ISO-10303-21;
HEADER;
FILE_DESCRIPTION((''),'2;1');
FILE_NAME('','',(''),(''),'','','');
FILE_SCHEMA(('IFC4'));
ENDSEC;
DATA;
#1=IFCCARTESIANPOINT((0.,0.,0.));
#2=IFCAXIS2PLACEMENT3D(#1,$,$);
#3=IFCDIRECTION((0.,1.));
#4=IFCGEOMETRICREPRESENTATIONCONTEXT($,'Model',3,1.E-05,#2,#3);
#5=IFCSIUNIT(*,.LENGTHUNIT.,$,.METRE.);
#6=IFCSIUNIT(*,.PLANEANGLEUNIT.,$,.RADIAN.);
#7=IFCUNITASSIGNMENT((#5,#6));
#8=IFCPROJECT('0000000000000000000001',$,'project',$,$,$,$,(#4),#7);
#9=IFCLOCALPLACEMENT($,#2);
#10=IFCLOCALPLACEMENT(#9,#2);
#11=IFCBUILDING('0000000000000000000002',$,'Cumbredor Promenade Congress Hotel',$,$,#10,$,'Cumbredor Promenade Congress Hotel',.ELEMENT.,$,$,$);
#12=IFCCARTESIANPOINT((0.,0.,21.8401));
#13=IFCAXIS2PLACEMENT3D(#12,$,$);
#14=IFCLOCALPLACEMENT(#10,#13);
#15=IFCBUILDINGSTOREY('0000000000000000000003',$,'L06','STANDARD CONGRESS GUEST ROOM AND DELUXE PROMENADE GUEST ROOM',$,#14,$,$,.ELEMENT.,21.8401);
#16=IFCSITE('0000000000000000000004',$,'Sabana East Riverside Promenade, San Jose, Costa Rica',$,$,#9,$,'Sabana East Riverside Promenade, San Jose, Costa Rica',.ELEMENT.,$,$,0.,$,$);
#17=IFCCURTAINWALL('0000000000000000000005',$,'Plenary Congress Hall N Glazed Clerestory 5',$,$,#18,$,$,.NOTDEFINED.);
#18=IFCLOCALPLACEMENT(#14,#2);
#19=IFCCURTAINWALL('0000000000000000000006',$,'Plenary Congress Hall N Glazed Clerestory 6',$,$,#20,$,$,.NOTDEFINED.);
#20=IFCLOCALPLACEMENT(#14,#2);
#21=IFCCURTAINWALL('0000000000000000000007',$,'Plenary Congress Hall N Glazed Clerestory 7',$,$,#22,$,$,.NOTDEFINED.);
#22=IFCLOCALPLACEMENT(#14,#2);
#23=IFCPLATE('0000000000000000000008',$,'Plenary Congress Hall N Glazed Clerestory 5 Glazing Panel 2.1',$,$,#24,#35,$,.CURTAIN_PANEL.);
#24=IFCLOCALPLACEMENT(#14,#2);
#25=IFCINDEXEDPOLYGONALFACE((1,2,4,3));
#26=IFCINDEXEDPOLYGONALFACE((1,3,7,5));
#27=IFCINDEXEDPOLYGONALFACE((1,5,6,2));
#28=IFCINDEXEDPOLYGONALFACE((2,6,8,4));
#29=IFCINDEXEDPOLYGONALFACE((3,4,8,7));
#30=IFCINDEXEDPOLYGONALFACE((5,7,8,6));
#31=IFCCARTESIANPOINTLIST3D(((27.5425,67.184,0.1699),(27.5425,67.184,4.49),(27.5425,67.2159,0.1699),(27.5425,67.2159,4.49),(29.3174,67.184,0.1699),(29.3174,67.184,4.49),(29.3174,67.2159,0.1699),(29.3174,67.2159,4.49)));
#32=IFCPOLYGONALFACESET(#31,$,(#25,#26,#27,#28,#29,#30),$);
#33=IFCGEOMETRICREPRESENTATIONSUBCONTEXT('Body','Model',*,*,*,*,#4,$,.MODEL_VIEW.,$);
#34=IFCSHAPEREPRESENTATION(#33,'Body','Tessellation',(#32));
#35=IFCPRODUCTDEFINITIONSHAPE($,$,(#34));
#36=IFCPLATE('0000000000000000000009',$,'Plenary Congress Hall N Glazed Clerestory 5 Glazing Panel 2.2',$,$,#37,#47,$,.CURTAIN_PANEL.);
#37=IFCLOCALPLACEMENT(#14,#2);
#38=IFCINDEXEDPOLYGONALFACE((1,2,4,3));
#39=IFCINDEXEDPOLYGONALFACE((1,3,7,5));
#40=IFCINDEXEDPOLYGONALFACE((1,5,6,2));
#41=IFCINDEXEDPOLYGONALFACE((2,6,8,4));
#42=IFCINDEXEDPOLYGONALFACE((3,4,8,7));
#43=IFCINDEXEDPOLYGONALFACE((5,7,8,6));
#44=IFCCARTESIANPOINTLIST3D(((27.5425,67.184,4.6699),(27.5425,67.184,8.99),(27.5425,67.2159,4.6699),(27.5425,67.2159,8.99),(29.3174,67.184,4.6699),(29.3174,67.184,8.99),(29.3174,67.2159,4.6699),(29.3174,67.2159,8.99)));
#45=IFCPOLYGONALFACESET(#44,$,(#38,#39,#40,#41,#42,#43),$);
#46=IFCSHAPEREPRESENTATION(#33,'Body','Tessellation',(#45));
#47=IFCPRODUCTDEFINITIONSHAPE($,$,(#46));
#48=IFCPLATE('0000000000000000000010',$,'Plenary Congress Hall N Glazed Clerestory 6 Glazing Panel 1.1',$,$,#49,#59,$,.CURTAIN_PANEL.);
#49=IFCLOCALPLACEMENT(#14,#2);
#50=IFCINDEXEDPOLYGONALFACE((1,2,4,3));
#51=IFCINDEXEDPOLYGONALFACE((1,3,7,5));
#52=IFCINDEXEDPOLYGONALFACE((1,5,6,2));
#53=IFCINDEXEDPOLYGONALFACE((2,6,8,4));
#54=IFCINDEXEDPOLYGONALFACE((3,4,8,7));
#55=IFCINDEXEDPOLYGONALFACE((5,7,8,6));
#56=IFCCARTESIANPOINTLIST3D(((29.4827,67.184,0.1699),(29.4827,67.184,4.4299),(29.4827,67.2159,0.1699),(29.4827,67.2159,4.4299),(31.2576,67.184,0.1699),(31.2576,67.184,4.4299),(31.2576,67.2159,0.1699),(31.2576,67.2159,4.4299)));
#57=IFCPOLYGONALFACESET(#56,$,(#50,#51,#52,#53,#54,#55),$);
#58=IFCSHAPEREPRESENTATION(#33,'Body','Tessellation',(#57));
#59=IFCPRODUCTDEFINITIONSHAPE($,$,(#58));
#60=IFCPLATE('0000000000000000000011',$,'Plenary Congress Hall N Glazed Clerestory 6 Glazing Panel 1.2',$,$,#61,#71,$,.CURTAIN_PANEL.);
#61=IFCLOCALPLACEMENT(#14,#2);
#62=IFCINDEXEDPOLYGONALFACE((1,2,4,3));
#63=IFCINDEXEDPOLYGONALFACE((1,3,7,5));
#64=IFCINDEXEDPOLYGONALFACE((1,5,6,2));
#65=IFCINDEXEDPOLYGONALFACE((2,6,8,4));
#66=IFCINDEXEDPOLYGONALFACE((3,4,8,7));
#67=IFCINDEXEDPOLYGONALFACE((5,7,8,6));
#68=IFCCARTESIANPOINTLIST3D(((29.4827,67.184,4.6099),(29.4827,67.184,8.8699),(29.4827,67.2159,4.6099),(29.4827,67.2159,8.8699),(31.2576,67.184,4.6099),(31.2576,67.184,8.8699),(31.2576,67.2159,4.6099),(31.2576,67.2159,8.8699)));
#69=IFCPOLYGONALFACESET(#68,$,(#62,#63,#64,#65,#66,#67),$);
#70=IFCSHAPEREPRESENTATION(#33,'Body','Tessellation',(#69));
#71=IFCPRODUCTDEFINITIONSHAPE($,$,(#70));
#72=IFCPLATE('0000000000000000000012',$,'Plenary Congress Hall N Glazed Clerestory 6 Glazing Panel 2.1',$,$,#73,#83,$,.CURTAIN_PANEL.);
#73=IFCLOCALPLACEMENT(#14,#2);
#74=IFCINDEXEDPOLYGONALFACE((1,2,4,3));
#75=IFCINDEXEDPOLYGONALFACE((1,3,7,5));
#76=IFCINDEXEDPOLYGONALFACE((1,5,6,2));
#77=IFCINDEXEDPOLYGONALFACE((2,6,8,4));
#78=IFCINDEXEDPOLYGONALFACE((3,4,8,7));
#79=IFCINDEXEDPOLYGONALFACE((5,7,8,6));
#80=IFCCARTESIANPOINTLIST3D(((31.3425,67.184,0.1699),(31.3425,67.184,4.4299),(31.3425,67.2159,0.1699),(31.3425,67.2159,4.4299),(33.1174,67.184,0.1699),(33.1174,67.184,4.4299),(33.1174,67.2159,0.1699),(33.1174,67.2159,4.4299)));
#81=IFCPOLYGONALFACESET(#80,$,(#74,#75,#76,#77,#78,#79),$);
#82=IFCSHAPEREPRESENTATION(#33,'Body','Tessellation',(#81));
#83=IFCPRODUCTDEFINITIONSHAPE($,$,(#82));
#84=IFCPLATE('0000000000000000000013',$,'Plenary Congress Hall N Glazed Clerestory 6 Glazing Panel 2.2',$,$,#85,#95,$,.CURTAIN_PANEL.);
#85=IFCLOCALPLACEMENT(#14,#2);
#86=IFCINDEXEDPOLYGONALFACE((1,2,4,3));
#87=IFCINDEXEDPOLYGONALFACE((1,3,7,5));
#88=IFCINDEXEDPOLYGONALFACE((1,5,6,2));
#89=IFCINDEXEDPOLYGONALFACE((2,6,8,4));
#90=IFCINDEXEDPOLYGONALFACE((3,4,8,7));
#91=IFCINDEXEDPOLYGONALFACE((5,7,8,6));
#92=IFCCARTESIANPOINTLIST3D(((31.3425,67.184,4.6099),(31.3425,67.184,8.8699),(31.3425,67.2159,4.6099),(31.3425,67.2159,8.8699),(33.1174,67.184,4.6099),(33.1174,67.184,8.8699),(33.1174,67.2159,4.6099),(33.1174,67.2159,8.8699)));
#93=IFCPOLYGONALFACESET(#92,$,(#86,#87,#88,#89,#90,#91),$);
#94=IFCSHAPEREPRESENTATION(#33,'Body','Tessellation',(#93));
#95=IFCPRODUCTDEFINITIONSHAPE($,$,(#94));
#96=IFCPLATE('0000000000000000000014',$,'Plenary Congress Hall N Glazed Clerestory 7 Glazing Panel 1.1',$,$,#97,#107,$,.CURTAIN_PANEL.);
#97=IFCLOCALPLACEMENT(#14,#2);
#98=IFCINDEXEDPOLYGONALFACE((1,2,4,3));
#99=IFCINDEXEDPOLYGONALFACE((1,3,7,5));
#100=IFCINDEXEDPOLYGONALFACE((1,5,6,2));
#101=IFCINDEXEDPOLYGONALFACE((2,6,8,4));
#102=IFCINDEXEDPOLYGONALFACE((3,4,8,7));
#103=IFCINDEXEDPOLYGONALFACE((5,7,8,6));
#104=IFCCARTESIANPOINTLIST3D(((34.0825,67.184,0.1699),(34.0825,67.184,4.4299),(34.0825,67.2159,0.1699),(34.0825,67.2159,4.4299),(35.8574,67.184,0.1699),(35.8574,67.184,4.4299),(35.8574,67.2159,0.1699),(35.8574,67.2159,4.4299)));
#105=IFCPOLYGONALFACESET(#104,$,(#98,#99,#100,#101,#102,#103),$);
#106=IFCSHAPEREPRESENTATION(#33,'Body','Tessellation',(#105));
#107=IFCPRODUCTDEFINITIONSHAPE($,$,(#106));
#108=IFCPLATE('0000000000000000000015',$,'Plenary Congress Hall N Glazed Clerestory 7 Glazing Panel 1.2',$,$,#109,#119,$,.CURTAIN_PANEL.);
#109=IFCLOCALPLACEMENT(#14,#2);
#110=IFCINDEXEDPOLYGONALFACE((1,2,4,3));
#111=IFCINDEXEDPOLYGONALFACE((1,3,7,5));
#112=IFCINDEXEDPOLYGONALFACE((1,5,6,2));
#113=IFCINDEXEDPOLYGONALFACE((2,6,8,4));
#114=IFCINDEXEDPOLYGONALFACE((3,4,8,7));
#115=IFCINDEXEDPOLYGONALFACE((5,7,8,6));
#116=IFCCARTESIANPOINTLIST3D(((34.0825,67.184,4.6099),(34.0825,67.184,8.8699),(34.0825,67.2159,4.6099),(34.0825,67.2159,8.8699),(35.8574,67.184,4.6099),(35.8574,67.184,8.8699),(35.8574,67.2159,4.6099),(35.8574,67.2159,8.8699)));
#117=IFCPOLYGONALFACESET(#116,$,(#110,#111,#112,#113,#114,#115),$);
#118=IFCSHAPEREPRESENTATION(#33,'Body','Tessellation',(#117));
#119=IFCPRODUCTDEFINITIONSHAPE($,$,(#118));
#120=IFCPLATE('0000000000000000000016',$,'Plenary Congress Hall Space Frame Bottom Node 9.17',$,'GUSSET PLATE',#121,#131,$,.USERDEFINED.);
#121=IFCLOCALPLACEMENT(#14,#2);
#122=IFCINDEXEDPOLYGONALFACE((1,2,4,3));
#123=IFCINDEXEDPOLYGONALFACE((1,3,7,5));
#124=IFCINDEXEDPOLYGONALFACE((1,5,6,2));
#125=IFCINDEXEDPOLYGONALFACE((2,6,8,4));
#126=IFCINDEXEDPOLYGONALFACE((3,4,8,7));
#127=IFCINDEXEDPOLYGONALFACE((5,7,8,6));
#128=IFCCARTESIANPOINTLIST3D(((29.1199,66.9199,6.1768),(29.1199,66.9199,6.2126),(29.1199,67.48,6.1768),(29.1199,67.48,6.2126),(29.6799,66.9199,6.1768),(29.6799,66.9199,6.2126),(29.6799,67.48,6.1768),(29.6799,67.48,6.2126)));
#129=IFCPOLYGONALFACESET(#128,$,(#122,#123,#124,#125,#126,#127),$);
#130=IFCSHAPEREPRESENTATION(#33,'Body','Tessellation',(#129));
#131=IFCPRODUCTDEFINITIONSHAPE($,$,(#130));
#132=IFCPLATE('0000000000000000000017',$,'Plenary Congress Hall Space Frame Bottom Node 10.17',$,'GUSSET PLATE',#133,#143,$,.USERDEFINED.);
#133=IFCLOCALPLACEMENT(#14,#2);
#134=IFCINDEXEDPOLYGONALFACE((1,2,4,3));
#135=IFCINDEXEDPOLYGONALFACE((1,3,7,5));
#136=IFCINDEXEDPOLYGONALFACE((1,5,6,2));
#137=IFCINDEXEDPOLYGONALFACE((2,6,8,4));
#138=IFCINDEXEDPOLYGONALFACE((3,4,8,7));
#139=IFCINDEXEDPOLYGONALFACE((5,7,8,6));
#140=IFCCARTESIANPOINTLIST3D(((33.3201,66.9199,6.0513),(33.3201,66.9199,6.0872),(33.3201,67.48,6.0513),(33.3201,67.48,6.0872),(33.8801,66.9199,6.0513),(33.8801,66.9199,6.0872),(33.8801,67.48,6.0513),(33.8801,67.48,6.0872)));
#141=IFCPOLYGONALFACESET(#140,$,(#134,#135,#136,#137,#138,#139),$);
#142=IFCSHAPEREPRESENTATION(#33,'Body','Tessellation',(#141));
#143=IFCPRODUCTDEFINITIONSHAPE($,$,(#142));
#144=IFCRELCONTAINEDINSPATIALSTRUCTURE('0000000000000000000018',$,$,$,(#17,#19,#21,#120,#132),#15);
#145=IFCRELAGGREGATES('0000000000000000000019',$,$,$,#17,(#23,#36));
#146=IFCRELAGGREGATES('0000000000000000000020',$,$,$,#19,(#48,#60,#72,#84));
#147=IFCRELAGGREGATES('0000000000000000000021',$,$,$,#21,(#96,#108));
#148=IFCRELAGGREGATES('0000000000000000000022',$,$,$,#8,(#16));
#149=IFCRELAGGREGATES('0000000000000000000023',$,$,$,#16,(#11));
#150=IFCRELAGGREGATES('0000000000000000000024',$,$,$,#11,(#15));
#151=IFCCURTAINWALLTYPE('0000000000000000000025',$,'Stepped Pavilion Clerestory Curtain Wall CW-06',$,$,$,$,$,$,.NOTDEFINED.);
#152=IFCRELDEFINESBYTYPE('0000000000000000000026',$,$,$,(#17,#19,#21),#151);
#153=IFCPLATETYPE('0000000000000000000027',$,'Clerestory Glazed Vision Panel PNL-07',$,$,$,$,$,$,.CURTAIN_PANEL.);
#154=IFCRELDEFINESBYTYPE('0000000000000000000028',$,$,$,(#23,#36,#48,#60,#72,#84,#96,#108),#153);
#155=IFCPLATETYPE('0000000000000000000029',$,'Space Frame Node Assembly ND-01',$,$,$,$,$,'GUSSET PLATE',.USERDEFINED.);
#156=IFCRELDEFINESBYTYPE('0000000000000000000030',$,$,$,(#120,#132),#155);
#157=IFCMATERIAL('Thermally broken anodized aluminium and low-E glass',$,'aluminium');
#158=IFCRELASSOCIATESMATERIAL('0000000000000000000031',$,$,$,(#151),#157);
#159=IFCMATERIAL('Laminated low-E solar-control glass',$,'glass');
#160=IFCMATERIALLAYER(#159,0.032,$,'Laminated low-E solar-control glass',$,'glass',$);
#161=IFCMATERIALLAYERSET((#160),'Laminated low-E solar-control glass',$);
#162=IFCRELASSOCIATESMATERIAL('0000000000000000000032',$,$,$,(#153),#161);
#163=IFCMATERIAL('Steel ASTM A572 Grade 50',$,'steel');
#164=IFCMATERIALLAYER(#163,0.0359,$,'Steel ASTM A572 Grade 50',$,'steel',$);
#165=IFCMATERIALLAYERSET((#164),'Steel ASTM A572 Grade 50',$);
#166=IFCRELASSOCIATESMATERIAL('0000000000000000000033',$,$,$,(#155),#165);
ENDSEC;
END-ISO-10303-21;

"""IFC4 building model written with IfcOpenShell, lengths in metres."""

from ifc_helpers import new_model, si_unit, direction, frame, origin, origin_2d, place, context, subcontext, project, spatial, rectangle, extrude, material, layer, layer_set, type_object, element, aggregate, save


model = new_model("IFC4")

# Units and contexts
model_context = context("Model", 3, precision=1e-05, world=origin(), true_north=direction((0.0, 1.0)))
body_context = subcontext(model_context, "Body", "Model", "MODEL_VIEW")
ifc_project = project(units=[si_unit("LENGTHUNIT", "METRE"), si_unit("PLANEANGLEUNIT", "RADIAN")], contexts=[model_context])

# Site, building, storey
site_placement = place(None, origin())
site = spatial("IfcSite", under=ifc_project, at=site_placement, Name="Sabana East Riverside Promenade, San Jose, Costa Rica", LongName="Sabana East Riverside Promenade, San Jose, Costa Rica", CompositionType="ELEMENT", RefElevation=0.0)
building_placement = place(site_placement, origin())
building = spatial("IfcBuilding", under=site, at=building_placement, Name="Cumbredor Promenade Congress Hotel", LongName="Cumbredor Promenade Congress Hotel", CompositionType="ELEMENT")
storey_placement = place(building_placement, frame((0.0, 0.0, 21.8401)))
storey = spatial("IfcBuildingStorey", under=building, at=storey_placement, Name="L06", Description="STANDARD CONGRESS GUEST ROOM AND DELUXE PROMENADE GUEST ROOM", CompositionType="ELEMENT", Elevation=21.8401)

# Curtain walls
ifc_material_1 = material(Name="Thermally broken anodized aluminium and low-E glass", Category="aluminium")
curtain_wall_type = type_object("IfcCurtainWallType", Name="Stepped Pavilion Clerestory Curtain Wall CW-06", PredefinedType="NOTDEFINED", material=ifc_material_1)
curtain_wall_1_placement = place(storey_placement, origin())
curtain_wall_1 = element("IfcCurtainWall", 1, at=curtain_wall_1_placement, inside=storey, type_object=curtain_wall_type, Name="Plenary Congress Hall N Glazed Clerestory 5", PredefinedType="NOTDEFINED")
curtain_wall_2_placement = place(storey_placement, origin())
curtain_wall_2 = element("IfcCurtainWall", 2, at=curtain_wall_2_placement, inside=storey, type_object=curtain_wall_type, Name="Plenary Congress Hall N Glazed Clerestory 6", PredefinedType="NOTDEFINED")

# Curtain wall
curtain_wall_3_placement = place(storey_placement, origin())
curtain_wall_3 = element("IfcCurtainWall", 3, at=curtain_wall_3_placement, inside=storey, type_object=curtain_wall_type, Name="Plenary Congress Hall N Glazed Clerestory 7", PredefinedType="NOTDEFINED")

# Plates
ifc_material_2 = material(Name="Laminated low-E solar-control glass", Category="glass")
ifc_layer_1 = layer(ifc_material_2, 0.032, Name="Laminated low-E solar-control glass", Category="glass")
ifc_layer_set_1 = layer_set([ifc_layer_1], Name="Laminated low-E solar-control glass")
plate_type_1 = type_object("IfcPlateType", Name="Clerestory Glazed Vision Panel PNL-07", PredefinedType="CURTAIN_PANEL", material=ifc_layer_set_1)
plate_1_placement = place(storey_placement, frame((28.4299, 67.2, 0.1699), z_axis=(0.0, 0.0, 1.0), x_axis=(1.0, 0.0, 0.0)))
plate_1 = element("IfcPlate", 4, at=plate_1_placement, type_object=plate_type_1, Name="Plenary Congress Hall N Glazed Clerestory 5 Glazing Panel 2.1", PredefinedType="CURTAIN_PANEL", context=body_context, shape_type="SweptSolid", body=[
    extrude(rectangle(XDim=1.7749, YDim=0.032, at=origin_2d()), origin(), (0.0, 0.0, 1.0), 4.3201),
])
plate_2_placement = place(storey_placement, frame((28.4299, 67.2, 4.6699), z_axis=(0.0, 0.0, 1.0), x_axis=(1.0, 0.0, 0.0)))
plate_2 = element("IfcPlate", 5, at=plate_2_placement, type_object=plate_type_1, Name="Plenary Congress Hall N Glazed Clerestory 5 Glazing Panel 2.2", PredefinedType="CURTAIN_PANEL", context=body_context, shape_type="SweptSolid", body=[
    extrude(rectangle(XDim=1.7749, YDim=0.032, at=origin_2d()), origin(), (0.0, 0.0, 1.0), 4.3201),
])
aggregate(curtain_wall_1, [plate_1, plate_2])
plate_3_placement = place(storey_placement, frame((30.3701, 67.2, 0.1699), z_axis=(0.0, 0.0, 1.0), x_axis=(1.0, 0.0, 0.0)))
plate_3 = element("IfcPlate", 6, at=plate_3_placement, type_object=plate_type_1, Name="Plenary Congress Hall N Glazed Clerestory 6 Glazing Panel 1.1", PredefinedType="CURTAIN_PANEL", context=body_context, shape_type="SweptSolid", body=[
    extrude(rectangle(XDim=1.7749, YDim=0.032, at=origin_2d()), origin(), (0.0, 0.0, 1.0), 4.26),
])
plate_4_placement = place(storey_placement, frame((30.3701, 67.2, 4.6099), z_axis=(0.0, 0.0, 1.0), x_axis=(1.0, 0.0, 0.0)))
plate_4 = element("IfcPlate", 7, at=plate_4_placement, type_object=plate_type_1, Name="Plenary Congress Hall N Glazed Clerestory 6 Glazing Panel 1.2", PredefinedType="CURTAIN_PANEL", context=body_context, shape_type="SweptSolid", body=[
    extrude(rectangle(XDim=1.7749, YDim=0.032, at=origin_2d()), origin(), (0.0, 0.0, 1.0), 4.26),
])
plate_5_placement = place(storey_placement, frame((32.23, 67.2, 0.1699), z_axis=(0.0, 0.0, 1.0), x_axis=(1.0, 0.0, 0.0)))
plate_5 = element("IfcPlate", 8, at=plate_5_placement, type_object=plate_type_1, Name="Plenary Congress Hall N Glazed Clerestory 6 Glazing Panel 2.1", PredefinedType="CURTAIN_PANEL", context=body_context, shape_type="SweptSolid", body=[
    extrude(rectangle(XDim=1.7749, YDim=0.032, at=origin_2d()), origin(), (0.0, 0.0, 1.0), 4.26),
])
plate_6_placement = place(storey_placement, frame((32.23, 67.2, 4.6099), z_axis=(0.0, 0.0, 1.0), x_axis=(1.0, 0.0, 0.0)))
plate_6 = element("IfcPlate", 9, at=plate_6_placement, type_object=plate_type_1, Name="Plenary Congress Hall N Glazed Clerestory 6 Glazing Panel 2.2", PredefinedType="CURTAIN_PANEL", context=body_context, shape_type="SweptSolid", body=[
    extrude(rectangle(XDim=1.7749, YDim=0.032, at=origin_2d()), origin(), (0.0, 0.0, 1.0), 4.26),
])
aggregate(curtain_wall_2, [plate_3, plate_4, plate_5, plate_6])
plate_7_placement = place(storey_placement, frame((34.97, 67.2, 0.1699), z_axis=(0.0, 0.0, 1.0), x_axis=(1.0, 0.0, 0.0)))
plate_7 = element("IfcPlate", 10, at=plate_7_placement, type_object=plate_type_1, Name="Plenary Congress Hall N Glazed Clerestory 7 Glazing Panel 1.1", PredefinedType="CURTAIN_PANEL", context=body_context, shape_type="SweptSolid", body=[
    extrude(rectangle(XDim=1.7749, YDim=0.032, at=origin_2d()), origin(), (0.0, 0.0, 1.0), 4.26),
])
plate_8_placement = place(storey_placement, frame((34.97, 67.2, 4.6099), z_axis=(0.0, 0.0, 1.0), x_axis=(1.0, 0.0, 0.0)))
plate_8 = element("IfcPlate", 11, at=plate_8_placement, type_object=plate_type_1, Name="Plenary Congress Hall N Glazed Clerestory 7 Glazing Panel 1.2", PredefinedType="CURTAIN_PANEL", context=body_context, shape_type="SweptSolid", body=[
    extrude(rectangle(XDim=1.7749, YDim=0.032, at=origin_2d()), origin(), (0.0, 0.0, 1.0), 4.26),
])
aggregate(curtain_wall_3, [plate_7, plate_8])

# Plates
ifc_material_3 = material(Name="Steel ASTM A572 Grade 50", Category="steel")
ifc_layer_2 = layer(ifc_material_3, 0.0359, Name="Steel ASTM A572 Grade 50", Category="steel")
ifc_layer_set_2 = layer_set([ifc_layer_2], Name="Steel ASTM A572 Grade 50")
plate_type_2 = type_object("IfcPlateType", Name="Space Frame Node Assembly ND-01", ElementType="GUSSET PLATE", PredefinedType="USERDEFINED", material=ifc_layer_set_2)
for number, where, z_axis, x_axis, name in (
    (12, (29.3999, 67.2, 6.1768), (0.0, 0.0, 1.0), (1.0, 0.0, 0.0), "Plenary Congress Hall Space Frame Bottom Node 9.17"),
    (13, (33.6001, 67.2, 6.0513), (0.0, 0.0, 1.0), (1.0, 0.0, 0.0), "Plenary Congress Hall Space Frame Bottom Node 10.17"),
):
    element("IfcPlate", number, at=place(storey_placement, frame(where, z_axis=z_axis, x_axis=x_axis)), inside=storey, type_object=plate_type_2, Name=name, ObjectType="GUSSET PLATE", PredefinedType="USERDEFINED", context=body_context, shape_type="SweptSolid", body=[
        extrude(rectangle(XDim=0.5601, YDim=0.5601, at=origin_2d()), origin(), (0.0, 0.0, 1.0), 0.0359),
    ])

save(model, "model.ifc")
